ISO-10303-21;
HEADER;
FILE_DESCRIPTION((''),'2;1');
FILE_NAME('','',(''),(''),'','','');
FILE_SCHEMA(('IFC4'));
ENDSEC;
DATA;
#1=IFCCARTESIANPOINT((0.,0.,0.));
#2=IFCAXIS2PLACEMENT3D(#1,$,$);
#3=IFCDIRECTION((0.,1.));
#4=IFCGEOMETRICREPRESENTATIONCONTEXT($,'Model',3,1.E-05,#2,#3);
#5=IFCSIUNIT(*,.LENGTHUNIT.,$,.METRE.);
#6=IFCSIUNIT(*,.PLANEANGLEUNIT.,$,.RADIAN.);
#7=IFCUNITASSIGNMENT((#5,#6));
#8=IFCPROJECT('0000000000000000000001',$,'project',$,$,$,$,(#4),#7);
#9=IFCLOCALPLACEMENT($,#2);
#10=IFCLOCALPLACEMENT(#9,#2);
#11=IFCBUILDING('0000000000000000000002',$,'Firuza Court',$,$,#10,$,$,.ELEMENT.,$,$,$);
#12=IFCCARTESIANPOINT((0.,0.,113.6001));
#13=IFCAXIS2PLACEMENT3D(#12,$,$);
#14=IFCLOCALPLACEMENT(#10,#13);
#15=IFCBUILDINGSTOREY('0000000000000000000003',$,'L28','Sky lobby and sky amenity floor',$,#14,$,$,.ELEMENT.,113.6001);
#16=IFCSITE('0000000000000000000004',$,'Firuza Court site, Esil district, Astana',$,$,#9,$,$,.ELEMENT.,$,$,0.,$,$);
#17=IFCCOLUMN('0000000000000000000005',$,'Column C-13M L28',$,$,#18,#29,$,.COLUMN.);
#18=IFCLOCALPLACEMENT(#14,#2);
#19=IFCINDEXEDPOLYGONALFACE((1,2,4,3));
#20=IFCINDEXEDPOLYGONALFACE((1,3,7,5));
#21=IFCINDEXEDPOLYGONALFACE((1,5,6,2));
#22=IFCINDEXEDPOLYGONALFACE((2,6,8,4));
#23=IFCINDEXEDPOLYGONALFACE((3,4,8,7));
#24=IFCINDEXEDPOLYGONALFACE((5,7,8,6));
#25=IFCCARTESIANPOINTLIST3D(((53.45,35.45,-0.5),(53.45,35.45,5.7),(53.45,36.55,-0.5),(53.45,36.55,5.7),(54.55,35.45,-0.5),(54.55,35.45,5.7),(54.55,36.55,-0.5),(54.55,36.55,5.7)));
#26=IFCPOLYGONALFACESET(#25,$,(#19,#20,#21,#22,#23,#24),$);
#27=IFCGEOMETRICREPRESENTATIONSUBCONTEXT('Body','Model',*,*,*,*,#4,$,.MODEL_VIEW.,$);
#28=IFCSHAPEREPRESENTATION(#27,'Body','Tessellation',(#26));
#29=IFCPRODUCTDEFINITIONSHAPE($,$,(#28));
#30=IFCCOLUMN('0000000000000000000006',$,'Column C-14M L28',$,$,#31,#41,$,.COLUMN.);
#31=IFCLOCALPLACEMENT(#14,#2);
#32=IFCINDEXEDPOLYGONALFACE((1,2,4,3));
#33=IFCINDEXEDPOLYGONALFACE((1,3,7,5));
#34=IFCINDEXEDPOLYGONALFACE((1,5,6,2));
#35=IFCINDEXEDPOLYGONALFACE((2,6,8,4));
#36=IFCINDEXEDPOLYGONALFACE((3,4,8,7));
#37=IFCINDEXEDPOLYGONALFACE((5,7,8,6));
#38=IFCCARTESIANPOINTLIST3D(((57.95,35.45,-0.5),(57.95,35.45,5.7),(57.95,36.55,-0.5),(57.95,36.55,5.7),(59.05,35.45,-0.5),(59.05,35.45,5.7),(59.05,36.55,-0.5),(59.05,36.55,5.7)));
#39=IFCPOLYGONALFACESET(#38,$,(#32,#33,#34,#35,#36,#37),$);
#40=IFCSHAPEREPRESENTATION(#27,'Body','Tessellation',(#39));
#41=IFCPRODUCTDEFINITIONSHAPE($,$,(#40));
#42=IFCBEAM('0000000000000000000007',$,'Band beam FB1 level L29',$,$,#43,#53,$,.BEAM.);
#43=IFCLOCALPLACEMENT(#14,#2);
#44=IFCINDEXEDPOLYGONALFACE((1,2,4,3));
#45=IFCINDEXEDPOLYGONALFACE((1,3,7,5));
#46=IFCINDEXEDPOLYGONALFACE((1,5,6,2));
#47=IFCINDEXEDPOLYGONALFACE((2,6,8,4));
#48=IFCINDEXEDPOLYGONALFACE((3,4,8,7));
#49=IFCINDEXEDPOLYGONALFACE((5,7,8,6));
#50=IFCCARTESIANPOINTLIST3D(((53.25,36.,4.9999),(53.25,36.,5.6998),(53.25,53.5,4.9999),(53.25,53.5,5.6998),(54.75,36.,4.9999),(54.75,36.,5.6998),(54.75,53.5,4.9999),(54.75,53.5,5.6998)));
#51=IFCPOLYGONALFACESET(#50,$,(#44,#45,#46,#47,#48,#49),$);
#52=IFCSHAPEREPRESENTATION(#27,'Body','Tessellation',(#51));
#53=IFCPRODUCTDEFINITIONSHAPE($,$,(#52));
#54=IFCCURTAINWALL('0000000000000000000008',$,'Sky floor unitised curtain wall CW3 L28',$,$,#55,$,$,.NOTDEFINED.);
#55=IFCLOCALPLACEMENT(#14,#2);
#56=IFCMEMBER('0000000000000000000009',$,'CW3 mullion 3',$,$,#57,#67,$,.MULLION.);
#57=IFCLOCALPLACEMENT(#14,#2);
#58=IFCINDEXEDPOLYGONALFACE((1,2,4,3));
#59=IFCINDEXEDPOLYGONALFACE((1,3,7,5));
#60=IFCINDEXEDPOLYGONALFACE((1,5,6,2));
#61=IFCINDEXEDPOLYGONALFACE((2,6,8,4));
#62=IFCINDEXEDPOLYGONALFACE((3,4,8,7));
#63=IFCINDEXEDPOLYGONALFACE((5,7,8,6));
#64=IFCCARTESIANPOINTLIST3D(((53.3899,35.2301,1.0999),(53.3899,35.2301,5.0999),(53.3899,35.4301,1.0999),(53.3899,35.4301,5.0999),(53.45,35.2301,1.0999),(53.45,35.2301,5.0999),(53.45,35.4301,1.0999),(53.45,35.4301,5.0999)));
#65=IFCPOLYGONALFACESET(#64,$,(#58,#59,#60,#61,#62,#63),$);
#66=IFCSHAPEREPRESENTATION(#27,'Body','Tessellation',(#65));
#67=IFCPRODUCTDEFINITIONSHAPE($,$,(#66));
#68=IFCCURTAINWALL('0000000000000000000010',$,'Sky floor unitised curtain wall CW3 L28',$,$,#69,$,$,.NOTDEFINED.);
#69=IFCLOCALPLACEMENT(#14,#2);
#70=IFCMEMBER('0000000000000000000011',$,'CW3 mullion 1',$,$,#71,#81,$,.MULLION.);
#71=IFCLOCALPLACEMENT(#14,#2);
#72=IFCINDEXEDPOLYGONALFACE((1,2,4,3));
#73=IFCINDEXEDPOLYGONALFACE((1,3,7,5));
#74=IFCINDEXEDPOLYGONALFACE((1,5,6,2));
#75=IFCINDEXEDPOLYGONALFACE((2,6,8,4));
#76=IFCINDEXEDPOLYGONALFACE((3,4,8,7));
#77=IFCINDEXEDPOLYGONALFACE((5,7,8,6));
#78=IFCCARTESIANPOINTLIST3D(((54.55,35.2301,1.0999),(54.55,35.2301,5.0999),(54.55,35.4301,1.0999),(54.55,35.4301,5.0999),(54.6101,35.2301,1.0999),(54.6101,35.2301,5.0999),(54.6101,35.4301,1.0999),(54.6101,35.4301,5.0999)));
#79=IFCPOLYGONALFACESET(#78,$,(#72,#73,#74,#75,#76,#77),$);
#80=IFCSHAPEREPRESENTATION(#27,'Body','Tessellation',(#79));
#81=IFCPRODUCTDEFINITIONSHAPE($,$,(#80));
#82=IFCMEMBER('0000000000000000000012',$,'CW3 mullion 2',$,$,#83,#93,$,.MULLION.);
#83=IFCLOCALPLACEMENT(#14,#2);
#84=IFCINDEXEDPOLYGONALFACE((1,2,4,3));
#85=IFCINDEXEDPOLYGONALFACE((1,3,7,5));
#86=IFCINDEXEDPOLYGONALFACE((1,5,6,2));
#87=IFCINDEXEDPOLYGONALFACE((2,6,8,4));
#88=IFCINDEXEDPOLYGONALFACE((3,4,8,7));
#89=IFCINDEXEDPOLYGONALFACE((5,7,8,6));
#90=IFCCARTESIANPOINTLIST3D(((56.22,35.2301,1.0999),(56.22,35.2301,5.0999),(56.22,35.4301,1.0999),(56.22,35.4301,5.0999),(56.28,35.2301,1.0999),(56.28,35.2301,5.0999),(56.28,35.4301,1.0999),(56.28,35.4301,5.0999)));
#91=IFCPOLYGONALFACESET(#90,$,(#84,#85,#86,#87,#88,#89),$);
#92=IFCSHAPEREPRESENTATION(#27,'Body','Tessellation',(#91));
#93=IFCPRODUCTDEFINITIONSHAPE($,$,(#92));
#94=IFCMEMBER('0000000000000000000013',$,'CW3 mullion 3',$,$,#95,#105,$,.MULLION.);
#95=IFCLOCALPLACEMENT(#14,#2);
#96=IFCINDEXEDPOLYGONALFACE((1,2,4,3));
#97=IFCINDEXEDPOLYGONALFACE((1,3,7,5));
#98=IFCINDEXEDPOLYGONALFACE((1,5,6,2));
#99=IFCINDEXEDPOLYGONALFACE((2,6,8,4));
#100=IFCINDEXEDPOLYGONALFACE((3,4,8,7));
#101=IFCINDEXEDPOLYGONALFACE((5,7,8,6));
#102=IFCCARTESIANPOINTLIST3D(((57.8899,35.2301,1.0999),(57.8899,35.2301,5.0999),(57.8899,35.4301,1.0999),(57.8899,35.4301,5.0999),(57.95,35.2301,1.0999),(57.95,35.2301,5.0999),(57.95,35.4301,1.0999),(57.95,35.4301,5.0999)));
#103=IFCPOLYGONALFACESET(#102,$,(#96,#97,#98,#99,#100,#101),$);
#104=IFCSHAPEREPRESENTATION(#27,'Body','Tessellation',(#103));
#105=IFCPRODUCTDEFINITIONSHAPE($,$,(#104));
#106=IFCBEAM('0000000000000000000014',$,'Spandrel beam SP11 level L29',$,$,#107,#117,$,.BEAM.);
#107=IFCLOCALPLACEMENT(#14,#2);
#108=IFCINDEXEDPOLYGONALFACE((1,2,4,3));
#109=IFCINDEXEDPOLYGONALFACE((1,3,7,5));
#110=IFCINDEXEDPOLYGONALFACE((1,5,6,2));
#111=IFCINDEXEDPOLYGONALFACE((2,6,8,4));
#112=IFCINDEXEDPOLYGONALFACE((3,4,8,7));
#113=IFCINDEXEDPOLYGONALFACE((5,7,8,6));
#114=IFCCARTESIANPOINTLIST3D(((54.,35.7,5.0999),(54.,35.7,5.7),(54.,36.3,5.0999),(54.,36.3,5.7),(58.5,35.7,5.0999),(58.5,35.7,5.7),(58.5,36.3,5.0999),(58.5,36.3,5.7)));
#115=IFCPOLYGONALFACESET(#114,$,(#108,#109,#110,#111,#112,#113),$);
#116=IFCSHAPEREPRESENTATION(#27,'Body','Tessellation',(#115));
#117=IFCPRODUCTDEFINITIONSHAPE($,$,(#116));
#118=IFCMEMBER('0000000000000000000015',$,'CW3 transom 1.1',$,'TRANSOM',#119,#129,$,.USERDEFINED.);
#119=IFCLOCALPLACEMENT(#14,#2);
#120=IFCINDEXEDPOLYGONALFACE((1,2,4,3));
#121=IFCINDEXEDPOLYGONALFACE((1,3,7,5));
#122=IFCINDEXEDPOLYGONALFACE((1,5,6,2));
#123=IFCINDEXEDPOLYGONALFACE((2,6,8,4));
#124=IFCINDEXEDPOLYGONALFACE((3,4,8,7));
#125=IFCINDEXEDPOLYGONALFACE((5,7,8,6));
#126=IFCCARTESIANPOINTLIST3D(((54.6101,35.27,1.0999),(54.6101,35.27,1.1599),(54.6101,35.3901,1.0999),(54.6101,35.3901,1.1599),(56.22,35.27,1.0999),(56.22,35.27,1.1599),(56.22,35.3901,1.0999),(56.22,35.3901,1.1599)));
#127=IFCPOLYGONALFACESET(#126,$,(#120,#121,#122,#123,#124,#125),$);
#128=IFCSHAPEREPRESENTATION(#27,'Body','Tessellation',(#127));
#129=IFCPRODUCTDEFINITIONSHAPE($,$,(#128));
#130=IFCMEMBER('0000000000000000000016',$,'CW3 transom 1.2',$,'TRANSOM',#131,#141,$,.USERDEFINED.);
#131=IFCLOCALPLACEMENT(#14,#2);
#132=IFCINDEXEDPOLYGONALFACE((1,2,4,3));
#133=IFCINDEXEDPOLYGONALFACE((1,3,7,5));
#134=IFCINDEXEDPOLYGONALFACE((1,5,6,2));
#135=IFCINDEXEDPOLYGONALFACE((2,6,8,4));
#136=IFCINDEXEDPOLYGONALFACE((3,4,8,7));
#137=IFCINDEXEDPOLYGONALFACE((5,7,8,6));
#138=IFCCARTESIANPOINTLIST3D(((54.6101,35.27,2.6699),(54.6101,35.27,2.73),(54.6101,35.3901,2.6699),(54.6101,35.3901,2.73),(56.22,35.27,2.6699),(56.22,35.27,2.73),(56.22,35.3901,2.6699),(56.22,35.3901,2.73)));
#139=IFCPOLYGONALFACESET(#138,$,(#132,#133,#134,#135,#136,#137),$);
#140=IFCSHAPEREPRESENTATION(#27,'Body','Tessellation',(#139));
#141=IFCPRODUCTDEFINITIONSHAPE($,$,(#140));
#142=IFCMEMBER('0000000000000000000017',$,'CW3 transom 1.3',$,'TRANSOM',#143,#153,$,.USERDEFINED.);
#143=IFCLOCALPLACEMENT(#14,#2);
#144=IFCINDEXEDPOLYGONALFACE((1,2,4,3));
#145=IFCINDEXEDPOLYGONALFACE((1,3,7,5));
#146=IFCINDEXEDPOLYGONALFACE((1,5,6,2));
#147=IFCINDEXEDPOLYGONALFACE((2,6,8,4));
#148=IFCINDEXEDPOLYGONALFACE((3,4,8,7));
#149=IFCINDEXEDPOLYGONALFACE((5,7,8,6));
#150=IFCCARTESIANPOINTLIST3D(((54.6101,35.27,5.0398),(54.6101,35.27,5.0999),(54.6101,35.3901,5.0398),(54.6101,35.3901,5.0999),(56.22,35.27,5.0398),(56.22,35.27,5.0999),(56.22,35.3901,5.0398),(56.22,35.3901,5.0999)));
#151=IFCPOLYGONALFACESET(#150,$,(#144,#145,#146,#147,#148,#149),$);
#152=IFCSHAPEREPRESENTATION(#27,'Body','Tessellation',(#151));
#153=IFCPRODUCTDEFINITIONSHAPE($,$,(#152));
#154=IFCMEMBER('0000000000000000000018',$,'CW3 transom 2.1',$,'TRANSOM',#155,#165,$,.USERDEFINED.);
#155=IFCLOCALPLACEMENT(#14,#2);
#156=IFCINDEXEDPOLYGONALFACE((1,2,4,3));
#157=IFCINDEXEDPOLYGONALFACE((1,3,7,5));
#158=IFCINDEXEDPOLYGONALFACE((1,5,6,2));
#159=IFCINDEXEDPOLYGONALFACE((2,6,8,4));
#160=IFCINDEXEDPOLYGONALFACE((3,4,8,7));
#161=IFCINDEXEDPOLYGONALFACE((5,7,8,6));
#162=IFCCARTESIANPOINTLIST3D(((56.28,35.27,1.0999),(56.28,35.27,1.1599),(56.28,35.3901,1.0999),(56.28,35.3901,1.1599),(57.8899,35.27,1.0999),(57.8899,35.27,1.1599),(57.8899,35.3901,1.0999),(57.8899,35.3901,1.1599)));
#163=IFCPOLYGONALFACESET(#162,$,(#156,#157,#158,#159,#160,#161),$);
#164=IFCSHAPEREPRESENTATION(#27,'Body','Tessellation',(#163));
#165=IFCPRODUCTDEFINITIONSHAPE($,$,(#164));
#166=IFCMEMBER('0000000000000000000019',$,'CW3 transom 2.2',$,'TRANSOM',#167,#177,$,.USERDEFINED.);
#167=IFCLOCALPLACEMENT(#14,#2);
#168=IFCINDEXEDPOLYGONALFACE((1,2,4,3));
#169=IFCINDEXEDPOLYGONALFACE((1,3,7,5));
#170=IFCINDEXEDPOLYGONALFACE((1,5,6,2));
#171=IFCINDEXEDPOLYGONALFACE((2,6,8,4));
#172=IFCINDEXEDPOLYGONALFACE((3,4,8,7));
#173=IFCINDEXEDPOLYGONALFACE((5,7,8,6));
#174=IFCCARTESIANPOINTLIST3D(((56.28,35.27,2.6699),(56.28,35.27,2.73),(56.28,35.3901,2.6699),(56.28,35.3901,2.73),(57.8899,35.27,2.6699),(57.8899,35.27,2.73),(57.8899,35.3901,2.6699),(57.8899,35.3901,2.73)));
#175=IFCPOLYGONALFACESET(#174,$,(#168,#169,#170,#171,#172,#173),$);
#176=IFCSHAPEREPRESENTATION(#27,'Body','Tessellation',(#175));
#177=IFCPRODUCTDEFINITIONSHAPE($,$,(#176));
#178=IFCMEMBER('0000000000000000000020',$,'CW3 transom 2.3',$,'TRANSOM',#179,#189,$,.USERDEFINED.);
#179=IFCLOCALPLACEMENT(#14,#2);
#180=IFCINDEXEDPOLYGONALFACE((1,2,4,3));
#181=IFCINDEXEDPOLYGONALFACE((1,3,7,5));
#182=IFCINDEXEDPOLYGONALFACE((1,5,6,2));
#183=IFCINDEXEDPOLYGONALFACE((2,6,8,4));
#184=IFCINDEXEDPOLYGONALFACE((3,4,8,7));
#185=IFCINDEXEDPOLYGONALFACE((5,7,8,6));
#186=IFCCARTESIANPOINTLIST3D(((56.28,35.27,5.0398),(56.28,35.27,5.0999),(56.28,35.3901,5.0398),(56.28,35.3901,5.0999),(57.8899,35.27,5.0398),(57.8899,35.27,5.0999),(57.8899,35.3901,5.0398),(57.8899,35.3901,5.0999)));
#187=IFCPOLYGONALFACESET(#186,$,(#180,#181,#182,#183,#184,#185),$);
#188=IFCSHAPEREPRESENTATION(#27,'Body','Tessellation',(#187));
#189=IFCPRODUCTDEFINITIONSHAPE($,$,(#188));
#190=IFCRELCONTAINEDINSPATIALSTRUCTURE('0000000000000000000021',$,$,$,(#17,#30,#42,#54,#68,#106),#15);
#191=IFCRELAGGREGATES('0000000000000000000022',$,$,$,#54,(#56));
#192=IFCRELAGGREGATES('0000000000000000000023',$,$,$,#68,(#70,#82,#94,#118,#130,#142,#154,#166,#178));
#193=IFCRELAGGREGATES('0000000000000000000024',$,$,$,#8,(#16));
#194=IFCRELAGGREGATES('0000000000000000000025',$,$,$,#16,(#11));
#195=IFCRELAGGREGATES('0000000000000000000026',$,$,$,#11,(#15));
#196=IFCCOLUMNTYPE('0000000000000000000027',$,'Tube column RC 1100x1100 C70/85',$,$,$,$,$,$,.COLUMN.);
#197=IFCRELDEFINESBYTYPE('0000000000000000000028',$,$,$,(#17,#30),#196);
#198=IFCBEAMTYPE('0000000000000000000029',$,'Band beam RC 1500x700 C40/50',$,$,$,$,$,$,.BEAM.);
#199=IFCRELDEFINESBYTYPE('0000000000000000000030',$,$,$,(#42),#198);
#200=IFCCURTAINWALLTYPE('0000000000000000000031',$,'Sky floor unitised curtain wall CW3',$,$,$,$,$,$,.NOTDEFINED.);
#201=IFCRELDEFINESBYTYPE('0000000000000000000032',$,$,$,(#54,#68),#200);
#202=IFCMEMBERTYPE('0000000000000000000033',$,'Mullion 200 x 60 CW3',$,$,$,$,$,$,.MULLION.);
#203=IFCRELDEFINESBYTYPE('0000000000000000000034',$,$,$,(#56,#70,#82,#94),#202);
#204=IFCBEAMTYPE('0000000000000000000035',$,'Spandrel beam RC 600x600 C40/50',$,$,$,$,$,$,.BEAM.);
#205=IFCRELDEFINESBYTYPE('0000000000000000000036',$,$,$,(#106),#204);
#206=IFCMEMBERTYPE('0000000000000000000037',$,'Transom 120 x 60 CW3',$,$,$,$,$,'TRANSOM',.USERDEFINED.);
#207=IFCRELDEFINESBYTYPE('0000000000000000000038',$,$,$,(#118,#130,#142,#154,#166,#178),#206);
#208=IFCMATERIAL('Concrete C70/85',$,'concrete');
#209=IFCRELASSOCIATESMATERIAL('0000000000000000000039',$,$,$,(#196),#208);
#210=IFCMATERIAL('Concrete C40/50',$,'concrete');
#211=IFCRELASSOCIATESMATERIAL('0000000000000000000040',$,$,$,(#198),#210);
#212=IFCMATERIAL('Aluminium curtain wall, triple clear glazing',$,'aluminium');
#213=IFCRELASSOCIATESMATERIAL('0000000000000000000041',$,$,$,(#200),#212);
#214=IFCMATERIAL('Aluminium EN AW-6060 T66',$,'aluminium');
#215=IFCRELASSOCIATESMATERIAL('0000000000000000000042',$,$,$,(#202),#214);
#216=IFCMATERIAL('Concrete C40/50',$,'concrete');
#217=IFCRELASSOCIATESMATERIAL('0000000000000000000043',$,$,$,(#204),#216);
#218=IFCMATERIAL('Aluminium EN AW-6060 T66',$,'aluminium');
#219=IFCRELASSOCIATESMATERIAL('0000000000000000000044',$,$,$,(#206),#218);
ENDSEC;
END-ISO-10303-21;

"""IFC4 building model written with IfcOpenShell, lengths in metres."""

from ifc_helpers import new_model, si_unit, direction, frame, origin, origin_2d, place, context, subcontext, project, spatial, rectangle, extrude, material, material_profile, profile_set, type_object, element, aggregate, save


model = new_model("IFC4")

# Units and contexts
model_context = context("Model", 3, precision=1e-05, world=origin(), true_north=direction((0.0, 1.0)))
body_context = subcontext(model_context, "Body", "Model", "MODEL_VIEW")
ifc_project = project(units=[si_unit("LENGTHUNIT", "METRE"), si_unit("PLANEANGLEUNIT", "RADIAN")], contexts=[model_context])

# Site, building, storey
site_placement = place(None, origin())
site = spatial("IfcSite", under=ifc_project, at=site_placement, Name="Firuza Court site, Esil district, Astana", CompositionType="ELEMENT", RefElevation=0.0)
building_placement = place(site_placement, origin())
building = spatial("IfcBuilding", under=site, at=building_placement, Name="Firuza Court", CompositionType="ELEMENT")
storey_placement = place(building_placement, frame((0.0, 0.0, 113.6001)))
storey = spatial("IfcBuildingStorey", under=building, at=storey_placement, Name="L28", Description="Sky lobby and sky amenity floor", CompositionType="ELEMENT", Elevation=113.6001)

# Columns
ifc_material_1 = material(Name="Concrete C70/85", Category="concrete")
ifc_material_profile_1 = material_profile(ifc_material_1, rectangle(XDim=1.1001, YDim=1.1001, at=origin_2d()), Name="RC 1100x1100")
ifc_profile_set_1 = profile_set([ifc_material_profile_1], Name="Concrete C70/85")
column_type = type_object("IfcColumnType", Name="Tube column RC 1100x1100 C70/85", PredefinedType="COLUMN", material=ifc_profile_set_1)
for number, where, z_axis, x_axis, name in (
    (1, (54.0, 36.0, -0.5), (0.0, 0.0, 1.0), (1.0, 0.0, 0.0), "Column C-13M L28"),
    (2, (58.5, 36.0, -0.5), (0.0, 0.0, 1.0), (1.0, 0.0, 0.0), "Column C-14M L28"),
):
    element("IfcColumn", number, at=place(storey_placement, frame(where, z_axis=z_axis, x_axis=x_axis)), inside=storey, type_object=column_type, Name=name, PredefinedType="COLUMN", context=body_context, shape_type="SweptSolid", body=[
        extrude(rectangle(XDim=1.1001, YDim=1.1001, at=origin_2d()), origin(), (0.0, 0.0, 1.0), 6.2),
    ])

# Beam
ifc_material_2 = material(Name="Concrete C40/50", Category="concrete")
ifc_material_profile_2 = material_profile(ifc_material_2, rectangle(XDim=1.5, YDim=0.7, at=origin_2d()), Name="RC 1500x700")
ifc_profile_set_2 = profile_set([ifc_material_profile_2], Name="Concrete C40/50")
beam_type_1 = type_object("IfcBeamType", Name="Band beam RC 1500x700 C40/50", PredefinedType="BEAM", material=ifc_profile_set_2)
beam_1_placement = place(storey_placement, frame((54.0, 36.0, 5.3499), z_axis=(0.0, 1.0, 0.0), x_axis=(-1.0, 0.0, 0.0)))
element("IfcBeam", 3, at=beam_1_placement, inside=storey, type_object=beam_type_1, Name="Band beam FB1 level L29", PredefinedType="BEAM", context=body_context, shape_type="SweptSolid", body=[
    extrude(rectangle(XDim=1.5, YDim=0.7, at=origin_2d()), origin(), (0.0, 0.0, 1.0), 17.5),
])

# Curtain wall, member
ifc_material_3 = material(Name="Aluminium curtain wall, triple clear glazing", Category="aluminium")
curtain_wall_type = type_object("IfcCurtainWallType", Name="Sky floor unitised curtain wall CW3", PredefinedType="NOTDEFINED", material=ifc_material_3)
curtain_wall_1_placement = place(storey_placement, origin())
curtain_wall_1 = element("IfcCurtainWall", 4, at=curtain_wall_1_placement, inside=storey, type_object=curtain_wall_type, Name="Sky floor unitised curtain wall CW3 L28", PredefinedType="NOTDEFINED")
ifc_material_4 = material(Name="Aluminium EN AW-6060 T66", Category="aluminium")
ifc_material_profile_3 = material_profile(ifc_material_4, rectangle(XDim=0.2, YDim=0.0601, at=origin_2d()), Name="Mullion 200 x 60 CW3")
ifc_profile_set_3 = profile_set([ifc_material_profile_3], Name="Aluminium EN AW-6060 T66")
member_type_1 = type_object("IfcMemberType", Name="Mullion 200 x 60 CW3", PredefinedType="MULLION", material=ifc_profile_set_3)
member_1_placement = place(storey_placement, frame((53.4199, 35.3301, 1.0999), z_axis=(0.0, 0.0, 1.0), x_axis=(0.0, 1.0, 0.0)))
member_1 = element("IfcMember", 5, at=member_1_placement, type_object=member_type_1, Name="CW3 mullion 3", PredefinedType="MULLION", context=body_context, shape_type="SweptSolid", body=[
    extrude(rectangle(XDim=0.2, YDim=0.0601, at=origin_2d()), origin(), (0.0, 0.0, 1.0), 4.0),
])

# Curtain wall, members
curtain_wall_2_placement = place(storey_placement, origin())
curtain_wall_2 = element("IfcCurtainWall", 6, at=curtain_wall_2_placement, inside=storey, type_object=curtain_wall_type, Name="Sky floor unitised curtain wall CW3 L28", PredefinedType="NOTDEFINED")
member_2_placement = place(storey_placement, frame((54.5801, 35.3301, 1.0999), z_axis=(0.0, 0.0, 1.0), x_axis=(0.0, 1.0, 0.0)))
member_2 = element("IfcMember", 7, at=member_2_placement, type_object=member_type_1, Name="CW3 mullion 1", PredefinedType="MULLION", context=body_context, shape_type="SweptSolid", body=[
    extrude(rectangle(XDim=0.2, YDim=0.0601, at=origin_2d()), origin(), (0.0, 0.0, 1.0), 4.0),
])
member_3_placement = place(storey_placement, frame((56.25, 35.3301, 1.0999), z_axis=(0.0, 0.0, 1.0), x_axis=(0.0, 1.0, 0.0)))
member_3 = element("IfcMember", 8, at=member_3_placement, type_object=member_type_1, Name="CW3 mullion 2", PredefinedType="MULLION", context=body_context, shape_type="SweptSolid", body=[
    extrude(rectangle(XDim=0.2, YDim=0.0601, at=origin_2d()), origin(), (0.0, 0.0, 1.0), 4.0),
])
member_4_placement = place(storey_placement, frame((57.9199, 35.3301, 1.0999), z_axis=(0.0, 0.0, 1.0), x_axis=(0.0, 1.0, 0.0)))
member_4 = element("IfcMember", 9, at=member_4_placement, type_object=member_type_1, Name="CW3 mullion 3", PredefinedType="MULLION", context=body_context, shape_type="SweptSolid", body=[
    extrude(rectangle(XDim=0.2, YDim=0.0601, at=origin_2d()), origin(), (0.0, 0.0, 1.0), 4.0),
])

# Beam
ifc_material_5 = material(Name="Concrete C40/50", Category="concrete")
ifc_material_profile_4 = material_profile(ifc_material_5, rectangle(XDim=0.6001, YDim=0.6001, at=origin_2d()), Name="RC 600x600")
ifc_profile_set_4 = profile_set([ifc_material_profile_4], Name="Concrete C40/50")
beam_type_2 = type_object("IfcBeamType", Name="Spandrel beam RC 600x600 C40/50", PredefinedType="BEAM", material=ifc_profile_set_4)
beam_2_placement = place(storey_placement, frame((54.0, 36.0, 5.3999), z_axis=(1.0, 0.0, 0.0), x_axis=(0.0, 1.0, 0.0)))
element("IfcBeam", 10, at=beam_2_placement, inside=storey, type_object=beam_type_2, Name="Spandrel beam SP11 level L29", PredefinedType="BEAM", context=body_context, shape_type="SweptSolid", body=[
    extrude(rectangle(XDim=0.6001, YDim=0.6001, at=origin_2d()), origin(), (0.0, 0.0, 1.0), 4.5),
])

# Members
ifc_material_6 = material(Name="Aluminium EN AW-6060 T66", Category="aluminium")
ifc_material_profile_5 = material_profile(ifc_material_6, rectangle(XDim=0.1201, YDim=0.0601, at=origin_2d()), Name="Transom 120 x 60 CW3")
ifc_profile_set_5 = profile_set([ifc_material_profile_5], Name="Aluminium EN AW-6060 T66")
member_type_2 = type_object("IfcMemberType", Name="Transom 120 x 60 CW3", ElementType="TRANSOM", PredefinedType="USERDEFINED", material=ifc_profile_set_5)
member_5_placement = place(storey_placement, frame((54.6101, 35.3301, 1.1299), z_axis=(1.0, 0.0, 0.0), x_axis=(0.0, 1.0, 0.0)))
member_5 = element("IfcMember", 11, at=member_5_placement, type_object=member_type_2, Name="CW3 transom 1.1", ObjectType="TRANSOM", PredefinedType="USERDEFINED", context=body_context, shape_type="SweptSolid", body=[
    extrude(rectangle(XDim=0.1201, YDim=0.0601, at=origin_2d()), origin(), (0.0, 0.0, 1.0), 1.6099),
])
member_6_placement = place(storey_placement, frame((54.6101, 35.3301, 2.7), z_axis=(1.0, 0.0, 0.0), x_axis=(0.0, 1.0, 0.0)))
member_6 = element("IfcMember", 12, at=member_6_placement, type_object=member_type_2, Name="CW3 transom 1.2", ObjectType="TRANSOM", PredefinedType="USERDEFINED", context=body_context, shape_type="SweptSolid", body=[
    extrude(rectangle(XDim=0.1201, YDim=0.0601, at=origin_2d()), origin(), (0.0, 0.0, 1.0), 1.6099),
])
member_7_placement = place(storey_placement, frame((54.6101, 35.3301, 5.0698), z_axis=(1.0, 0.0, 0.0), x_axis=(0.0, 1.0, 0.0)))
member_7 = element("IfcMember", 13, at=member_7_placement, type_object=member_type_2, Name="CW3 transom 1.3", ObjectType="TRANSOM", PredefinedType="USERDEFINED", context=body_context, shape_type="SweptSolid", body=[
    extrude(rectangle(XDim=0.1201, YDim=0.0601, at=origin_2d()), origin(), (0.0, 0.0, 1.0), 1.6099),
])
member_8_placement = place(storey_placement, frame((56.28, 35.3301, 1.1299), z_axis=(1.0, 0.0, 0.0), x_axis=(0.0, 1.0, 0.0)))
member_8 = element("IfcMember", 14, at=member_8_placement, type_object=member_type_2, Name="CW3 transom 2.1", ObjectType="TRANSOM", PredefinedType="USERDEFINED", context=body_context, shape_type="SweptSolid", body=[
    extrude(rectangle(XDim=0.1201, YDim=0.0601, at=origin_2d()), origin(), (0.0, 0.0, 1.0), 1.6099),
])
member_9_placement = place(storey_placement, frame((56.28, 35.3301, 2.7), z_axis=(1.0, 0.0, 0.0), x_axis=(0.0, 1.0, 0.0)))
member_9 = element("IfcMember", 15, at=member_9_placement, type_object=member_type_2, Name="CW3 transom 2.2", ObjectType="TRANSOM", PredefinedType="USERDEFINED", context=body_context, shape_type="SweptSolid", body=[
    extrude(rectangle(XDim=0.1201, YDim=0.0601, at=origin_2d()), origin(), (0.0, 0.0, 1.0), 1.6099),
])
member_10_placement = place(storey_placement, frame((56.28, 35.3301, 5.0698), z_axis=(1.0, 0.0, 0.0), x_axis=(0.0, 1.0, 0.0)))
member_10 = element("IfcMember", 16, at=member_10_placement, type_object=member_type_2, Name="CW3 transom 2.3", ObjectType="TRANSOM", PredefinedType="USERDEFINED", context=body_context, shape_type="SweptSolid", body=[
    extrude(rectangle(XDim=0.1201, YDim=0.0601, at=origin_2d()), origin(), (0.0, 0.0, 1.0), 1.6099),
])

aggregate(curtain_wall_1, [member_1])
aggregate(curtain_wall_2, [member_2, member_3, member_4, member_5, member_6, member_7, member_8, member_9, member_10])

save(model, "model.ifc")
